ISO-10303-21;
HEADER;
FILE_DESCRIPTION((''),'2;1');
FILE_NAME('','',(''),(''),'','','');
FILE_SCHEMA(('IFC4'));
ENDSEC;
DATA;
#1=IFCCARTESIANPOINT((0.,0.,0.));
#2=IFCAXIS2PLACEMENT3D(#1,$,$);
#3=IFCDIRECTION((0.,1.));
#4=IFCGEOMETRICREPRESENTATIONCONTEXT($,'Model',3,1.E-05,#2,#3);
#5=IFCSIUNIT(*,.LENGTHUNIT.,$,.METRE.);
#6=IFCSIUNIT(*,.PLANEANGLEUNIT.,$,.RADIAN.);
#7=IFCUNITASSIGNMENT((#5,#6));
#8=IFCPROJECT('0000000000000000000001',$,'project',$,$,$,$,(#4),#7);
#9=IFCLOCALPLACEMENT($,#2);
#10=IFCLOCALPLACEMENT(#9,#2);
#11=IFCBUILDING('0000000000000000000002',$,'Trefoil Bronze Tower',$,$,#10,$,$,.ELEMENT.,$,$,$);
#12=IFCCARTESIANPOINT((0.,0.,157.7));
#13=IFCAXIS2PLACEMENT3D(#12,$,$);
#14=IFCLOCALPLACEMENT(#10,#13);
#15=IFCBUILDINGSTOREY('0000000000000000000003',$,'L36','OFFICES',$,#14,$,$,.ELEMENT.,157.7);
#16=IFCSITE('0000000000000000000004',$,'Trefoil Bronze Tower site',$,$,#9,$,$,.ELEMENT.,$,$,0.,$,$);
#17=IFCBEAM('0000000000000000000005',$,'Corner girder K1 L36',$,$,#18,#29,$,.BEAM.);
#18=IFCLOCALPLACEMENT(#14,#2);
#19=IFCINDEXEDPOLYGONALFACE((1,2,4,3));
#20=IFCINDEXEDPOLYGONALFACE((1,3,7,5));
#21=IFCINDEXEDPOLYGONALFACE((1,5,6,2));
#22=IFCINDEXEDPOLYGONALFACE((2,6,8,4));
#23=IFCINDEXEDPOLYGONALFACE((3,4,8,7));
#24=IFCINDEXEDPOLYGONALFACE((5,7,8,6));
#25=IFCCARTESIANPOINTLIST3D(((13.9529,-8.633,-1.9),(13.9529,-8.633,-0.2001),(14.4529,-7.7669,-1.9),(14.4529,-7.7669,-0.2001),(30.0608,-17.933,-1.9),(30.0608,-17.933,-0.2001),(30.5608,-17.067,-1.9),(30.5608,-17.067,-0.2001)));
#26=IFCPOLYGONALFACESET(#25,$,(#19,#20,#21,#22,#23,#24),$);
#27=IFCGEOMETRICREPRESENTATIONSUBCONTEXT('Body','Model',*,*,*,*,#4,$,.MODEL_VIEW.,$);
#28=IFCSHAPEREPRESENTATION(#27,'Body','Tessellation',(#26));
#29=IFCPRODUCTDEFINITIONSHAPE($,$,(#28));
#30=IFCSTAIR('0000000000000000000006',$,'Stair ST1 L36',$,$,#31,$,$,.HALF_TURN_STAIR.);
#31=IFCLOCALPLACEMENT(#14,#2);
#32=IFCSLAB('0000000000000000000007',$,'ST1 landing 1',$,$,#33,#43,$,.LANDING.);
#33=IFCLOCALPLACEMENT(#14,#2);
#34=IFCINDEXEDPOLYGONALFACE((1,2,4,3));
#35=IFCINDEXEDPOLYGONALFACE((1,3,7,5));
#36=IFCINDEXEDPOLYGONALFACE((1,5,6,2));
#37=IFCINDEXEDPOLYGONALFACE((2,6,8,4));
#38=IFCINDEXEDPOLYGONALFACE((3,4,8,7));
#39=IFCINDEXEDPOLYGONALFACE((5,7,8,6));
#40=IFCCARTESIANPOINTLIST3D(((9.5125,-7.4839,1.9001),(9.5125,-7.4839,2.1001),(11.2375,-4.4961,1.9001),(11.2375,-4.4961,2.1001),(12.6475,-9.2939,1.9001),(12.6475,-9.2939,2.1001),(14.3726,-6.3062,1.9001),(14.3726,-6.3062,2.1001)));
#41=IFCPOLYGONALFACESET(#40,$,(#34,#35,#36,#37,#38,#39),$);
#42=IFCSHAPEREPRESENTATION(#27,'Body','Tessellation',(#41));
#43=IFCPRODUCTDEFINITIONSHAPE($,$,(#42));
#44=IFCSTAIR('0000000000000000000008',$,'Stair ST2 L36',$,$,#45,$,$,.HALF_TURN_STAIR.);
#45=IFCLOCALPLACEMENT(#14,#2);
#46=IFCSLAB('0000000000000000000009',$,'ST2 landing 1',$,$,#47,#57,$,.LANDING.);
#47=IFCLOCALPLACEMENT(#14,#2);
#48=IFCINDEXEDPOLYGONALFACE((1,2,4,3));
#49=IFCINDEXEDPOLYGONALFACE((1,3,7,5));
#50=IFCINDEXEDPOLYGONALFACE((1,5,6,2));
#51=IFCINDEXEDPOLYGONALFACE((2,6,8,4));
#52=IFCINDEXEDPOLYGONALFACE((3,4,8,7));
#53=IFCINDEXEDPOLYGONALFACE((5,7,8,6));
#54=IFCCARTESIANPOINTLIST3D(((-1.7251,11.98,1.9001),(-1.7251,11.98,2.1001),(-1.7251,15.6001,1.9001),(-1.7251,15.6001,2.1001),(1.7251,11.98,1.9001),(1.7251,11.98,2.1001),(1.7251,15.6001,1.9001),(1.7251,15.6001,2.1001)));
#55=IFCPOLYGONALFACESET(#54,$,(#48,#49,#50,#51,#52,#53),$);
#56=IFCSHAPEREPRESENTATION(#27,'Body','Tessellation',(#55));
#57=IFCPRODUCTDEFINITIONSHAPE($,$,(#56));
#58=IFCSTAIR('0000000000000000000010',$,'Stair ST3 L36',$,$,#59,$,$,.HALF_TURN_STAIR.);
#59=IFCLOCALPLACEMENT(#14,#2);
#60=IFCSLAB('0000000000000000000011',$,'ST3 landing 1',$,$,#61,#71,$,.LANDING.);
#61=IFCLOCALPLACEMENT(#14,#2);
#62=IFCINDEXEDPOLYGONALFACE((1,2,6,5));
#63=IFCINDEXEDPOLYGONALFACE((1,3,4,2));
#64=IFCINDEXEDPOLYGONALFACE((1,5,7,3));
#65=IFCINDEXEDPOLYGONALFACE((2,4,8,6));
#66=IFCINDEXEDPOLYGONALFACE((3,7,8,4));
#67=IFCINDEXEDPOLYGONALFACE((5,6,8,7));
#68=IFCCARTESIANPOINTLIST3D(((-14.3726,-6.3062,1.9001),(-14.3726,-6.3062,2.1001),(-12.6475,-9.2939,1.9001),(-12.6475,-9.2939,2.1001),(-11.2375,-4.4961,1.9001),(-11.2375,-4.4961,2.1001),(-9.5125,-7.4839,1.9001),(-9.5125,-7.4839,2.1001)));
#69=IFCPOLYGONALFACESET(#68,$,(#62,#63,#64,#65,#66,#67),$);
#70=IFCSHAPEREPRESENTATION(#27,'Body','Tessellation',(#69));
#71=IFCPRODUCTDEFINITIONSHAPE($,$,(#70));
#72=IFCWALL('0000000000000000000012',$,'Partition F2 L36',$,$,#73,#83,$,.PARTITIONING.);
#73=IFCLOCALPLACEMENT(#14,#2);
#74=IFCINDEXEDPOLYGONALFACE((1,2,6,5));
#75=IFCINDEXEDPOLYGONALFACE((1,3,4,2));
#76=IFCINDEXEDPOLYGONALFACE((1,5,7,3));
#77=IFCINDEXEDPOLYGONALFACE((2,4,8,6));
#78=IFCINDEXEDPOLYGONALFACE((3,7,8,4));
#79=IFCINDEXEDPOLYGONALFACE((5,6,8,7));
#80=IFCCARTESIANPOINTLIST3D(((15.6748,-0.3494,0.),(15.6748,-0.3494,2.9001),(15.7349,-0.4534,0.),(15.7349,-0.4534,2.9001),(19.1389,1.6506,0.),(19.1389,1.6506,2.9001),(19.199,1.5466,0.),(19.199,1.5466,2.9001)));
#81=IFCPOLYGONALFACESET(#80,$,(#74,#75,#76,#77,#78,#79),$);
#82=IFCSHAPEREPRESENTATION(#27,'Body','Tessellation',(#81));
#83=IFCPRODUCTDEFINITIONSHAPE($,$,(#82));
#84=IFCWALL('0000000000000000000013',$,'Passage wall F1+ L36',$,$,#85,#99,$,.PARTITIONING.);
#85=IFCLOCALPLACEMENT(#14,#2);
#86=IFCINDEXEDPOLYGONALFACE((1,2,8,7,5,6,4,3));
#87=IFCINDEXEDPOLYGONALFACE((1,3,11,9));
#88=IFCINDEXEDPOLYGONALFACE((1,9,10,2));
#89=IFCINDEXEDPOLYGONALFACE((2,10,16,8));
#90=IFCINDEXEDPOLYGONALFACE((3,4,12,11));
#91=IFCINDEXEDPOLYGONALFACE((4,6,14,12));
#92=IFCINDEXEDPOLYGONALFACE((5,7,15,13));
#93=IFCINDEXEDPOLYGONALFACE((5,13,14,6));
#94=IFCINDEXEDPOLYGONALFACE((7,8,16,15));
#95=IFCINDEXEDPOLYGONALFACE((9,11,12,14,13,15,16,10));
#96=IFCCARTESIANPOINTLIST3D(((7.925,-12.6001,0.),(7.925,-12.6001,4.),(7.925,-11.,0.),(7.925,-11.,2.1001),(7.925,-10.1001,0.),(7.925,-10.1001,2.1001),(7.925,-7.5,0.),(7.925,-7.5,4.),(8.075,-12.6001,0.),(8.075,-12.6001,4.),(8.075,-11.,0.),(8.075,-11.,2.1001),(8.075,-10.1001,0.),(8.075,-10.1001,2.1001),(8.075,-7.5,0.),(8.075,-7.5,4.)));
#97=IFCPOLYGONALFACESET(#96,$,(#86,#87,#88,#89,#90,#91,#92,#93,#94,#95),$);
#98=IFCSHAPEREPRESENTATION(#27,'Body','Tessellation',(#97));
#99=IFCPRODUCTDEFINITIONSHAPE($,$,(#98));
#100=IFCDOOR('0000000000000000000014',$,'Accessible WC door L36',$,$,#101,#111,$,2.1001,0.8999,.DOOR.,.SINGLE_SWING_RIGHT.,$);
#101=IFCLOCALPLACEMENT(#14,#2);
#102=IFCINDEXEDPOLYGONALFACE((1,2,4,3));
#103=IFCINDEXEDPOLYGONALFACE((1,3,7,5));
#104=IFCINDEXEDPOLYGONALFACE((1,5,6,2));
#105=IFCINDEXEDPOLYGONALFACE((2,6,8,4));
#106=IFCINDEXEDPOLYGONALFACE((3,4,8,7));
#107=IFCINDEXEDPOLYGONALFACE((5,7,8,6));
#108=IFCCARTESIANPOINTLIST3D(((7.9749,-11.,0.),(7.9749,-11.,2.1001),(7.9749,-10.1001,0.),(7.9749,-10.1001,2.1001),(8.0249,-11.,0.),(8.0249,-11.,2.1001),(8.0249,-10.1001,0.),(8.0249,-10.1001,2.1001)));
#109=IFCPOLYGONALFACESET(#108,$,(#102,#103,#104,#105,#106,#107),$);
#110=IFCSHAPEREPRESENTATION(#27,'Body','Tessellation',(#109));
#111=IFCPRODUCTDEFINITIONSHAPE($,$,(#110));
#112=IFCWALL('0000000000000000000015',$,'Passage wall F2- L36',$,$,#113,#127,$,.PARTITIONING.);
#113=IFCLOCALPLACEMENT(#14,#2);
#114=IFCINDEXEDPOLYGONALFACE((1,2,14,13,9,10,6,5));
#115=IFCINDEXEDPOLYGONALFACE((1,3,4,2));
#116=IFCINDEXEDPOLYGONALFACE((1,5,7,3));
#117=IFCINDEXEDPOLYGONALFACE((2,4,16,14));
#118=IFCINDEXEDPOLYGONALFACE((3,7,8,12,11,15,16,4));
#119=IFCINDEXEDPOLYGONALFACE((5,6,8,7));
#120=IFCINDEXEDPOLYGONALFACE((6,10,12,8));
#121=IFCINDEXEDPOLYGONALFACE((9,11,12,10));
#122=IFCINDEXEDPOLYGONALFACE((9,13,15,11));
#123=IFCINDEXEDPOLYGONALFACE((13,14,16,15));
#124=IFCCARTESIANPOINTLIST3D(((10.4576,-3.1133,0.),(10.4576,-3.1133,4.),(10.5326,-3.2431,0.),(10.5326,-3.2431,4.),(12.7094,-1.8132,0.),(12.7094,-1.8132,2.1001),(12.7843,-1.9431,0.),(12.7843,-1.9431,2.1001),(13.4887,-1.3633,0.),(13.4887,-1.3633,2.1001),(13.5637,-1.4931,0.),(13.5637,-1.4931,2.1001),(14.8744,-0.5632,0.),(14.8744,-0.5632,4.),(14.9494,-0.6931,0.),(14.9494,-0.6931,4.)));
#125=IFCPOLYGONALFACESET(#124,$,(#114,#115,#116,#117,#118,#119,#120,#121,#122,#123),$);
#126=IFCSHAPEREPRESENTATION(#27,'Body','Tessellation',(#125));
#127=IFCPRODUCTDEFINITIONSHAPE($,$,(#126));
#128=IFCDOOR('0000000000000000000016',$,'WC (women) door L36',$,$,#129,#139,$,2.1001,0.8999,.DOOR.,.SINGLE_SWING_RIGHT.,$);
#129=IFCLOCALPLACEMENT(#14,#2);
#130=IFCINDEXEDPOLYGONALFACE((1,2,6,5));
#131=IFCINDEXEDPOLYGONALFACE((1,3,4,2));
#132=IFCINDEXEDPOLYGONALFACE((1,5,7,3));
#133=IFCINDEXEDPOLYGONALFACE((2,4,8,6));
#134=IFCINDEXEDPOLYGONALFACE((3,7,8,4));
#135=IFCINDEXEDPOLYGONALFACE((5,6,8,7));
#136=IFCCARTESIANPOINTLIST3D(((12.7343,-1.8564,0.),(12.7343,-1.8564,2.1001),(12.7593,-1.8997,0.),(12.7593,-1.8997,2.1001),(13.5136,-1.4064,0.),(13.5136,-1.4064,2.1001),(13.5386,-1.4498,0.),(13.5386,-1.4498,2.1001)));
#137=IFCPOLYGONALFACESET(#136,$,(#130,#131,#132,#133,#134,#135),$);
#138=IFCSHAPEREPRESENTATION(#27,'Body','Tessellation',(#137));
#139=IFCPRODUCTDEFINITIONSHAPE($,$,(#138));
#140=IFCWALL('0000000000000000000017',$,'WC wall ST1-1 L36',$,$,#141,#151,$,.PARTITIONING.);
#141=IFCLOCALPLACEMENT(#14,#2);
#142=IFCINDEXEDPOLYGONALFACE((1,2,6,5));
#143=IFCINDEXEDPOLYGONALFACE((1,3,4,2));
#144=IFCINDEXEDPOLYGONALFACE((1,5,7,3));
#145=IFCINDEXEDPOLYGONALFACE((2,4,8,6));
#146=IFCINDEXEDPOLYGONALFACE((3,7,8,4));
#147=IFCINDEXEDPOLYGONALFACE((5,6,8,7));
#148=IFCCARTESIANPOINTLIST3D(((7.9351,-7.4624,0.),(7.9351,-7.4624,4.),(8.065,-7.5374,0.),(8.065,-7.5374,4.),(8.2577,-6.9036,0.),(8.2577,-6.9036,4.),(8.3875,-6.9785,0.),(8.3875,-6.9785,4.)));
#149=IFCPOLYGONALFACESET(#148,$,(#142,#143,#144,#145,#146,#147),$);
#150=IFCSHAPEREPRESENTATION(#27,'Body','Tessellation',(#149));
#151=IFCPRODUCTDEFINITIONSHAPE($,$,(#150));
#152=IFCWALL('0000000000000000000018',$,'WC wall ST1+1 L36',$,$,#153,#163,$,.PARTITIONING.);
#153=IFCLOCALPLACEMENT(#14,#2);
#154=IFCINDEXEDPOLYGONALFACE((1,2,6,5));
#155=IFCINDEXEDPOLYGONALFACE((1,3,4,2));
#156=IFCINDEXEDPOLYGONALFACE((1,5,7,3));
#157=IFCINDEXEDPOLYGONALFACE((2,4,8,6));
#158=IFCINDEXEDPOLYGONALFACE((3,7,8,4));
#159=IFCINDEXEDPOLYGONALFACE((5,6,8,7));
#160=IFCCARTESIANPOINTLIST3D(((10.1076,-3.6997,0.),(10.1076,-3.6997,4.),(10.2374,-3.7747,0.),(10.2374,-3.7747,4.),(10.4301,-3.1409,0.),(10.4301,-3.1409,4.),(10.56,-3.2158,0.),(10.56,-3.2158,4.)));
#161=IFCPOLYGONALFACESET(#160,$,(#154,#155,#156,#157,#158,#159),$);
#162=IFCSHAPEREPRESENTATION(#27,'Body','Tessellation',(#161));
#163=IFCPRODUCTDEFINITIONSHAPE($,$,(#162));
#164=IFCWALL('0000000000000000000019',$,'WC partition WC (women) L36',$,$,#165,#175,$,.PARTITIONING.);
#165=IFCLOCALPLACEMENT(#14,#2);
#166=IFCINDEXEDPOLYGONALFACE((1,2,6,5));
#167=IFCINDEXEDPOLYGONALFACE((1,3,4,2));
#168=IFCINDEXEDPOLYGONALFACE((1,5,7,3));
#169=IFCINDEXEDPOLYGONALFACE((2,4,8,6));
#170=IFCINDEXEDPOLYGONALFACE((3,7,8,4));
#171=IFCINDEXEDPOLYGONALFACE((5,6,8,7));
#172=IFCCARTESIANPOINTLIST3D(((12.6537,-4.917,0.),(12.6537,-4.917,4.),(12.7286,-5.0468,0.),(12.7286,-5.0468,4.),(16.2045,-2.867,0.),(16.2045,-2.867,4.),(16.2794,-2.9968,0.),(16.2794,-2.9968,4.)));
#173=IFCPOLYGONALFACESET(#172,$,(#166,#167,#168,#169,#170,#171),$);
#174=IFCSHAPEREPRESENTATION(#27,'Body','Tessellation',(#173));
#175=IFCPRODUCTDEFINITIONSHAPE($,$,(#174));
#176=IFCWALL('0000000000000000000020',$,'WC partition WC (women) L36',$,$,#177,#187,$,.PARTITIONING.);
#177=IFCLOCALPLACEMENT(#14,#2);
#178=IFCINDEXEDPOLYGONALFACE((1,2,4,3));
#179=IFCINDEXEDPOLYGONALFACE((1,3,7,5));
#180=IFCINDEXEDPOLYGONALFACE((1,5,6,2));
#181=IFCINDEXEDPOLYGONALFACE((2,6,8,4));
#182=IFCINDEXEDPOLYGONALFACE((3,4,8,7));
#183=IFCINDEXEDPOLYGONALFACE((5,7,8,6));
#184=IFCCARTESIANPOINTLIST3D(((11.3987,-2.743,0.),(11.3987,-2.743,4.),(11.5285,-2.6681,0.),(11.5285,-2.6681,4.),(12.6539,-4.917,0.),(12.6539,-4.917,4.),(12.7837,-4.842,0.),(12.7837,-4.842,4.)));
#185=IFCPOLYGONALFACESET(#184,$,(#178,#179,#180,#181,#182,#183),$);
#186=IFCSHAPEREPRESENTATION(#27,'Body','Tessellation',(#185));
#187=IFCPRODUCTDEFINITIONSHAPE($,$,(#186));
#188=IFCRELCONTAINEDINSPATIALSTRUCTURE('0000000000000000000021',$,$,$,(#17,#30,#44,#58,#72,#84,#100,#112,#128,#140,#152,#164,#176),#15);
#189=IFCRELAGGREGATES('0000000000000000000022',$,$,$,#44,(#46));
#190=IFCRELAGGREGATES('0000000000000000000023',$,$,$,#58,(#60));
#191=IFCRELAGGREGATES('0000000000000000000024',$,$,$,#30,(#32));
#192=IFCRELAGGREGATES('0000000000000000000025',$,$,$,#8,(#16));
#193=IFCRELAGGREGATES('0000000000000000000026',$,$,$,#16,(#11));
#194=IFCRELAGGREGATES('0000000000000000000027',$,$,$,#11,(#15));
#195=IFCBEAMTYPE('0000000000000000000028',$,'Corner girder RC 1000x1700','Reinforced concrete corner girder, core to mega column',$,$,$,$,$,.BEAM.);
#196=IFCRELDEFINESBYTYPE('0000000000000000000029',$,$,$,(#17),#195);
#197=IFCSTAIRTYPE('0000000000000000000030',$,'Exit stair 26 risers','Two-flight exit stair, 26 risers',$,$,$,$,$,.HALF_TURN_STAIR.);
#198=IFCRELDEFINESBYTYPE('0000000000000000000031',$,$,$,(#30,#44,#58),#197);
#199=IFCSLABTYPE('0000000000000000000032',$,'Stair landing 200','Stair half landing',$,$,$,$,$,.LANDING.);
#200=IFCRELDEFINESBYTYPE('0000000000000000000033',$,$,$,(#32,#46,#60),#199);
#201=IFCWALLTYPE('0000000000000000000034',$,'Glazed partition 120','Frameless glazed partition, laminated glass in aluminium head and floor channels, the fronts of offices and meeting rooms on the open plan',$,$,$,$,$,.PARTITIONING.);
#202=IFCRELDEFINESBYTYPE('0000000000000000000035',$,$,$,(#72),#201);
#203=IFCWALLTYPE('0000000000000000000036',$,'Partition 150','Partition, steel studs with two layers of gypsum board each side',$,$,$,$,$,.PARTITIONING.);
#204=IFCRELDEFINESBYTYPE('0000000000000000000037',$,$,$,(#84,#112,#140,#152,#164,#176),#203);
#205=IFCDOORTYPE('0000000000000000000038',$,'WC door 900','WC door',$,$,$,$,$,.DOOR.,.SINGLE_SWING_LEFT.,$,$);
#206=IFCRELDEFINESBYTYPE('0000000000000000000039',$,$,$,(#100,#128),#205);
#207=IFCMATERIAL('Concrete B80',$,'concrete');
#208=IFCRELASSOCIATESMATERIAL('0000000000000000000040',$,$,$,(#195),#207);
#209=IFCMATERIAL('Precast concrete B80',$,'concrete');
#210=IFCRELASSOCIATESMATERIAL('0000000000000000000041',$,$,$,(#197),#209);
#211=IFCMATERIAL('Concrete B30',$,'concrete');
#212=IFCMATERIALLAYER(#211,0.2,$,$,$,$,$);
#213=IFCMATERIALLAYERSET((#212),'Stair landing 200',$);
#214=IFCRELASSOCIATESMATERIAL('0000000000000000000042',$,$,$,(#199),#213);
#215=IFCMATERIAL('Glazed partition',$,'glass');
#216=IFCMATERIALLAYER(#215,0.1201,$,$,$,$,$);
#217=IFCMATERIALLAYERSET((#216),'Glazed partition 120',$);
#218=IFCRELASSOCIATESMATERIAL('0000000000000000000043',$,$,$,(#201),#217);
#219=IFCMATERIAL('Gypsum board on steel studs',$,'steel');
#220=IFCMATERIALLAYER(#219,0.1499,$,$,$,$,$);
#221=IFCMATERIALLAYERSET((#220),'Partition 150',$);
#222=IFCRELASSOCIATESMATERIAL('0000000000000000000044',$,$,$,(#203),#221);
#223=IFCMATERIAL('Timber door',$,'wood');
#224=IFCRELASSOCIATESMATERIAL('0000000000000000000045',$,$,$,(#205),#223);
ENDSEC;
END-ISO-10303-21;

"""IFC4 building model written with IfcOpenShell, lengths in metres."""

from ifc_helpers import new_model, si_unit, direction, frame, frame_2d, origin, origin_2d, place, context, subcontext, project, spatial, polyline, rectangle, outline, extrude, material, layer, layer_set, material_profile, profile_set, type_object, element, fill, aggregate, save


model = new_model("IFC4")

# Units and contexts
model_context = context("Model", 3, precision=1e-05, world=origin(), true_north=direction((0.0, 1.0)))
body_context = subcontext(model_context, "Body", "Model", "MODEL_VIEW")
ifc_project = project(units=[si_unit("LENGTHUNIT", "METRE"), si_unit("PLANEANGLEUNIT", "RADIAN")], contexts=[model_context])

# Site, building, storey
site_placement = place(None, origin())
site = spatial("IfcSite", under=ifc_project, at=site_placement, Name="Trefoil Bronze Tower site", CompositionType="ELEMENT", RefElevation=0.0)
building_placement = place(site_placement, origin())
building = spatial("IfcBuilding", under=site, at=building_placement, Name="Trefoil Bronze Tower", CompositionType="ELEMENT")
storey_placement = place(building_placement, frame((0.0, 0.0, 157.7)))
storey = spatial("IfcBuildingStorey", under=building, at=storey_placement, Name="L36", Description="OFFICES", CompositionType="ELEMENT", Elevation=157.7)

# Beam
ifc_material_1 = material(Name="Concrete B80", Category="concrete")
ifc_material_profile = material_profile(ifc_material_1, rectangle(XDim=1.0, YDim=1.7, at=origin_2d()), Name="RC 1000x1700")
ifc_profile_set = profile_set([ifc_material_profile], Name="Concrete B80")
beam_type = type_object("IfcBeamType", Name="Corner girder RC 1000x1700", Description="Reinforced concrete corner girder, core to mega column", PredefinedType="BEAM", material=ifc_profile_set)
beam_placement = place(storey_placement, frame((14.2029, -8.2, -1.05), z_axis=(0.866022, -0.500006, 0.0), x_axis=(0.500006, 0.866022, 0.0)))
element("IfcBeam", 1, at=beam_placement, inside=storey, type_object=beam_type, Name="Corner girder K1 L36", PredefinedType="BEAM", context=body_context, shape_type="SweptSolid", body=[
    extrude(rectangle(XDim=1.0, YDim=1.7, at=origin_2d()), origin(), (0.0, 0.0, 1.0), 18.5999),
])

# Stairs, slabs
ifc_material_2 = material(Name="Precast concrete B80", Category="concrete")
stair_type = type_object("IfcStairType", Name="Exit stair 26 risers", Description="Two-flight exit stair, 26 risers", PredefinedType="HALF_TURN_STAIR", material=ifc_material_2)
stair_1_placement = place(storey_placement, origin())
stair_1 = element("IfcStair", 2, at=stair_1_placement, inside=storey, type_object=stair_type, Name="Stair ST1 L36", PredefinedType="HALF_TURN_STAIR")
ifc_material_3 = material(Name="Concrete B30", Category="concrete")
ifc_layer_1 = layer(ifc_material_3, 0.2)
ifc_layer_set_1 = layer_set([ifc_layer_1], Name="Stair landing 200")
slab_type = type_object("IfcSlabType", Name="Stair landing 200", Description="Stair half landing", PredefinedType="LANDING", material=ifc_layer_set_1)
slab_1_placement = place(storey_placement, frame((0.0, 0.0, 1.9001)))
slab_1 = element("IfcSlab", 3, at=slab_1_placement, type_object=slab_type, Name="ST1 landing 1", PredefinedType="LANDING", context=body_context, shape_type="SweptSolid", body=[
    extrude(outline(polyline([(9.5125, -7.4839), (12.6475, -9.2939), (14.3726, -6.3062), (11.2375, -4.4961), (9.5125, -7.4839)])), origin(), (0.0, 0.0, 1.0), 0.2),
])
stair_2_placement = place(storey_placement, origin())
stair_2 = element("IfcStair", 4, at=stair_2_placement, inside=storey, type_object=stair_type, Name="Stair ST2 L36", PredefinedType="HALF_TURN_STAIR")
slab_2_placement = place(storey_placement, frame((0.0, 0.0, 1.9001)))
slab_2 = element("IfcSlab", 5, at=slab_2_placement, type_object=slab_type, Name="ST2 landing 1", PredefinedType="LANDING", context=body_context, shape_type="SweptSolid", body=[
    extrude(outline(polyline([(1.7251, 11.98), (1.7251, 15.6001), (-1.7251, 15.6001), (-1.7251, 11.98), (1.7251, 11.98)])), origin(), (0.0, 0.0, 1.0), 0.2),
])
aggregate(stair_2, [slab_2])
stair_3_placement = place(storey_placement, origin())
stair_3 = element("IfcStair", 6, at=stair_3_placement, inside=storey, type_object=stair_type, Name="Stair ST3 L36", PredefinedType="HALF_TURN_STAIR")
slab_3_placement = place(storey_placement, frame((0.0, 0.0, 1.9001)))
slab_3 = element("IfcSlab", 7, at=slab_3_placement, type_object=slab_type, Name="ST3 landing 1", PredefinedType="LANDING", context=body_context, shape_type="SweptSolid", body=[
    extrude(outline(polyline([(-11.2375, -4.4961), (-14.3726, -6.3062), (-12.6475, -9.2939), (-9.5125, -7.4839), (-11.2375, -4.4961)])), origin(), (0.0, 0.0, 1.0), 0.2),
])
aggregate(stair_3, [slab_3])

# Wall
ifc_material_4 = material(Name="Glazed partition", Category="glass")
ifc_layer_2 = layer(ifc_material_4, 0.1201)
ifc_layer_set_2 = layer_set([ifc_layer_2], Name="Glazed partition 120")
wall_type_1 = type_object("IfcWallType", Name="Glazed partition 120", Description="Frameless glazed partition, laminated glass in aluminium head and floor channels, the fronts of offices and meeting rooms on the open plan", PredefinedType="PARTITIONING", material=ifc_layer_set_2)
wall_1_placement = place(storey_placement, frame((15.7048, -0.4014, 0.0), z_axis=(0.0, 0.0, 1.0), x_axis=(0.866026, 0.499999, 0.0)))
element("IfcWall", 8, at=wall_1_placement, inside=storey, type_object=wall_type_1, Name="Partition F2 L36", PredefinedType="PARTITIONING", context=body_context, shape_type="SweptSolid", body=[
    extrude(rectangle(XDim=4.0, YDim=0.1201, at=frame_2d((2.0, 0.0))), origin(), (0.0, 0.0, 1.0), 2.9001),
])

# Walls, openings, doors
ifc_material_5 = material(Name="Gypsum board on steel studs", Category="steel")
ifc_layer_3 = layer(ifc_material_5, 0.1499)
ifc_layer_set_3 = layer_set([ifc_layer_3], Name="Partition 150")
wall_type_2 = type_object("IfcWallType", Name="Partition 150", Description="Partition, steel studs with two layers of gypsum board each side", PredefinedType="PARTITIONING", material=ifc_layer_set_3)
wall_2_placement = place(storey_placement, frame((8.0, -7.5, 0.0), z_axis=(0.0, 0.0, 1.0), x_axis=(0.0, -1.0, 0.0)))
wall_2 = element("IfcWall", 9, at=wall_2_placement, inside=storey, type_object=wall_type_2, Name="Passage wall F1+ L36", PredefinedType="PARTITIONING", context=body_context, shape_type="SweptSolid", body=[
    extrude(rectangle(XDim=5.1001, YDim=0.1499, at=frame_2d((2.55, 0.0))), origin(), (0.0, 0.0, 1.0), 4.0),
])
opening_1_placement = place(wall_2_placement, frame((2.6001, 0.0, 0.0)))
opening_1 = element("IfcOpeningElement", 10, at=opening_1_placement, cuts=wall_2, PredefinedType="OPENING", context=body_context, shape_type="SweptSolid", body=[
    extrude(rectangle(XDim=0.8999, YDim=2.1001, at=frame_2d((0.45, 1.05))), frame((0.0, 0.085, 0.0), z_axis=(0.0, -1.0, 0.0), x_axis=(1.0, 0.0, 0.0)), (0.0, 0.0, 1.0), 0.1699),
])
ifc_material_6 = material(Name="Timber door", Category="wood")
door_type_1 = type_object("IfcDoorType", Name="WC door 900", Description="WC door", OperationType="SINGLE_SWING_LEFT", PredefinedType="DOOR", material=ifc_material_6)
door_1_placement = place(opening_1_placement, origin())
door_1 = element("IfcDoor", 11, at=door_1_placement, inside=storey, type_object=door_type_1, Name="Accessible WC door L36", OperationType="SINGLE_SWING_RIGHT", OverallHeight=2.1001, OverallWidth=0.8999, PredefinedType="DOOR", context=body_context, shape_type="SweptSolid", body=[
    extrude(rectangle(XDim=0.8999, YDim=2.1001, at=frame_2d((0.45, 1.05))), frame((0.0, 0.0249, 0.0), z_axis=(0.0, -1.0, 0.0), x_axis=(1.0, 0.0, 0.0)), (0.0, 0.0, 1.0), 0.05),
])
fill(opening_1, door_1)
wall_3_placement = place(storey_placement, frame((10.4951, -3.1782, 0.0), z_axis=(0.0, 0.0, 1.0), x_axis=(0.866022, 0.500006, 0.0)))
wall_3 = element("IfcWall", 12, at=wall_3_placement, inside=storey, type_object=wall_type_2, Name="Passage wall F2- L36", PredefinedType="PARTITIONING", context=body_context, shape_type="SweptSolid", body=[
    extrude(rectangle(XDim=5.1001, YDim=0.1499, at=frame_2d((2.55, 0.0))), origin(), (0.0, 0.0, 1.0), 4.0),
])
opening_2_placement = place(wall_3_placement, frame((2.6001, 0.0, 0.0)))
opening_2 = element("IfcOpeningElement", 13, at=opening_2_placement, cuts=wall_3, PredefinedType="OPENING", context=body_context, shape_type="SweptSolid", body=[
    extrude(rectangle(XDim=0.8999, YDim=2.1001, at=frame_2d((0.45, 1.05))), frame((0.0, 0.085, 0.0), z_axis=(0.0, -1.0, 0.0), x_axis=(1.0, 0.0, 0.0)), (0.0, 0.0, 1.0), 0.1699),
])
door_2_placement = place(opening_2_placement, frame((0.8999, 0.0, 0.0), z_axis=(0.0, 0.0, 1.0), x_axis=(-1.0, 0.0, 0.0)))
door_2 = element("IfcDoor", 14, at=door_2_placement, inside=storey, type_object=door_type_1, Name="WC (women) door L36", OperationType="SINGLE_SWING_RIGHT", OverallHeight=2.1001, OverallWidth=0.8999, PredefinedType="DOOR", context=body_context, shape_type="SweptSolid", body=[
    extrude(rectangle(XDim=0.8999, YDim=2.1001, at=frame_2d((0.45, 1.05))), frame((0.0, 0.0249, 0.0), z_axis=(0.0, -1.0, 0.0), x_axis=(1.0, 0.0, 0.0)), (0.0, 0.0, 1.0), 0.05),
])
fill(opening_2, door_2)

# Walls
for number, where, z_axis, x_axis, name in (
    (15, (8.0, -7.5, 0.0), (0.0, 0.0, 1.0), (0.499843, 0.866116, 0.0), "WC wall ST1-1 L36"),
    (16, (10.4951, -3.1782, 0.0), (0.0, 0.0, 1.0), (-0.499843, -0.866116, 0.0), "WC wall ST1+1 L36"),
):
    element("IfcWall", number, at=place(storey_placement, frame(where, z_axis=z_axis, x_axis=x_axis)), inside=storey, type_object=wall_type_2, Name=name, PredefinedType="PARTITIONING", context=body_context, shape_type="SweptSolid", body=[
        extrude(rectangle(XDim=0.6453, YDim=0.1499, at=frame_2d((0.3228, 0.0))), origin(), (0.0, 0.0, 1.0), 4.0),
    ])
wall_4_placement = place(storey_placement, frame((12.6912, -4.9819, 0.0), z_axis=(0.0, 0.0, 1.0), x_axis=(0.866025, 0.500001, 0.0)))
element("IfcWall", 17, at=wall_4_placement, inside=storey, type_object=wall_type_2, Name="WC partition WC (women) L36", PredefinedType="PARTITIONING", context=body_context, shape_type="SweptSolid", body=[
    extrude(rectangle(XDim=4.1001, YDim=0.1499, at=frame_2d((2.05, 0.0))), origin(), (0.0, 0.0, 1.0), 4.0),
])
wall_5_placement = place(storey_placement, frame((11.4636, -2.7056, 0.0), z_axis=(0.0, 0.0, 1.0), x_axis=(0.50002, -0.866014, 0.0)))
element("IfcWall", 18, at=wall_5_placement, inside=storey, type_object=wall_type_2, Name="WC partition WC (women) L36", PredefinedType="PARTITIONING", context=body_context, shape_type="SweptSolid", body=[
    extrude(rectangle(XDim=2.5103, YDim=0.1499, at=frame_2d((1.2551, 0.0))), origin(), (0.0, 0.0, 1.0), 4.0),
])

aggregate(stair_1, [slab_1])

save(model, "model.ifc")
